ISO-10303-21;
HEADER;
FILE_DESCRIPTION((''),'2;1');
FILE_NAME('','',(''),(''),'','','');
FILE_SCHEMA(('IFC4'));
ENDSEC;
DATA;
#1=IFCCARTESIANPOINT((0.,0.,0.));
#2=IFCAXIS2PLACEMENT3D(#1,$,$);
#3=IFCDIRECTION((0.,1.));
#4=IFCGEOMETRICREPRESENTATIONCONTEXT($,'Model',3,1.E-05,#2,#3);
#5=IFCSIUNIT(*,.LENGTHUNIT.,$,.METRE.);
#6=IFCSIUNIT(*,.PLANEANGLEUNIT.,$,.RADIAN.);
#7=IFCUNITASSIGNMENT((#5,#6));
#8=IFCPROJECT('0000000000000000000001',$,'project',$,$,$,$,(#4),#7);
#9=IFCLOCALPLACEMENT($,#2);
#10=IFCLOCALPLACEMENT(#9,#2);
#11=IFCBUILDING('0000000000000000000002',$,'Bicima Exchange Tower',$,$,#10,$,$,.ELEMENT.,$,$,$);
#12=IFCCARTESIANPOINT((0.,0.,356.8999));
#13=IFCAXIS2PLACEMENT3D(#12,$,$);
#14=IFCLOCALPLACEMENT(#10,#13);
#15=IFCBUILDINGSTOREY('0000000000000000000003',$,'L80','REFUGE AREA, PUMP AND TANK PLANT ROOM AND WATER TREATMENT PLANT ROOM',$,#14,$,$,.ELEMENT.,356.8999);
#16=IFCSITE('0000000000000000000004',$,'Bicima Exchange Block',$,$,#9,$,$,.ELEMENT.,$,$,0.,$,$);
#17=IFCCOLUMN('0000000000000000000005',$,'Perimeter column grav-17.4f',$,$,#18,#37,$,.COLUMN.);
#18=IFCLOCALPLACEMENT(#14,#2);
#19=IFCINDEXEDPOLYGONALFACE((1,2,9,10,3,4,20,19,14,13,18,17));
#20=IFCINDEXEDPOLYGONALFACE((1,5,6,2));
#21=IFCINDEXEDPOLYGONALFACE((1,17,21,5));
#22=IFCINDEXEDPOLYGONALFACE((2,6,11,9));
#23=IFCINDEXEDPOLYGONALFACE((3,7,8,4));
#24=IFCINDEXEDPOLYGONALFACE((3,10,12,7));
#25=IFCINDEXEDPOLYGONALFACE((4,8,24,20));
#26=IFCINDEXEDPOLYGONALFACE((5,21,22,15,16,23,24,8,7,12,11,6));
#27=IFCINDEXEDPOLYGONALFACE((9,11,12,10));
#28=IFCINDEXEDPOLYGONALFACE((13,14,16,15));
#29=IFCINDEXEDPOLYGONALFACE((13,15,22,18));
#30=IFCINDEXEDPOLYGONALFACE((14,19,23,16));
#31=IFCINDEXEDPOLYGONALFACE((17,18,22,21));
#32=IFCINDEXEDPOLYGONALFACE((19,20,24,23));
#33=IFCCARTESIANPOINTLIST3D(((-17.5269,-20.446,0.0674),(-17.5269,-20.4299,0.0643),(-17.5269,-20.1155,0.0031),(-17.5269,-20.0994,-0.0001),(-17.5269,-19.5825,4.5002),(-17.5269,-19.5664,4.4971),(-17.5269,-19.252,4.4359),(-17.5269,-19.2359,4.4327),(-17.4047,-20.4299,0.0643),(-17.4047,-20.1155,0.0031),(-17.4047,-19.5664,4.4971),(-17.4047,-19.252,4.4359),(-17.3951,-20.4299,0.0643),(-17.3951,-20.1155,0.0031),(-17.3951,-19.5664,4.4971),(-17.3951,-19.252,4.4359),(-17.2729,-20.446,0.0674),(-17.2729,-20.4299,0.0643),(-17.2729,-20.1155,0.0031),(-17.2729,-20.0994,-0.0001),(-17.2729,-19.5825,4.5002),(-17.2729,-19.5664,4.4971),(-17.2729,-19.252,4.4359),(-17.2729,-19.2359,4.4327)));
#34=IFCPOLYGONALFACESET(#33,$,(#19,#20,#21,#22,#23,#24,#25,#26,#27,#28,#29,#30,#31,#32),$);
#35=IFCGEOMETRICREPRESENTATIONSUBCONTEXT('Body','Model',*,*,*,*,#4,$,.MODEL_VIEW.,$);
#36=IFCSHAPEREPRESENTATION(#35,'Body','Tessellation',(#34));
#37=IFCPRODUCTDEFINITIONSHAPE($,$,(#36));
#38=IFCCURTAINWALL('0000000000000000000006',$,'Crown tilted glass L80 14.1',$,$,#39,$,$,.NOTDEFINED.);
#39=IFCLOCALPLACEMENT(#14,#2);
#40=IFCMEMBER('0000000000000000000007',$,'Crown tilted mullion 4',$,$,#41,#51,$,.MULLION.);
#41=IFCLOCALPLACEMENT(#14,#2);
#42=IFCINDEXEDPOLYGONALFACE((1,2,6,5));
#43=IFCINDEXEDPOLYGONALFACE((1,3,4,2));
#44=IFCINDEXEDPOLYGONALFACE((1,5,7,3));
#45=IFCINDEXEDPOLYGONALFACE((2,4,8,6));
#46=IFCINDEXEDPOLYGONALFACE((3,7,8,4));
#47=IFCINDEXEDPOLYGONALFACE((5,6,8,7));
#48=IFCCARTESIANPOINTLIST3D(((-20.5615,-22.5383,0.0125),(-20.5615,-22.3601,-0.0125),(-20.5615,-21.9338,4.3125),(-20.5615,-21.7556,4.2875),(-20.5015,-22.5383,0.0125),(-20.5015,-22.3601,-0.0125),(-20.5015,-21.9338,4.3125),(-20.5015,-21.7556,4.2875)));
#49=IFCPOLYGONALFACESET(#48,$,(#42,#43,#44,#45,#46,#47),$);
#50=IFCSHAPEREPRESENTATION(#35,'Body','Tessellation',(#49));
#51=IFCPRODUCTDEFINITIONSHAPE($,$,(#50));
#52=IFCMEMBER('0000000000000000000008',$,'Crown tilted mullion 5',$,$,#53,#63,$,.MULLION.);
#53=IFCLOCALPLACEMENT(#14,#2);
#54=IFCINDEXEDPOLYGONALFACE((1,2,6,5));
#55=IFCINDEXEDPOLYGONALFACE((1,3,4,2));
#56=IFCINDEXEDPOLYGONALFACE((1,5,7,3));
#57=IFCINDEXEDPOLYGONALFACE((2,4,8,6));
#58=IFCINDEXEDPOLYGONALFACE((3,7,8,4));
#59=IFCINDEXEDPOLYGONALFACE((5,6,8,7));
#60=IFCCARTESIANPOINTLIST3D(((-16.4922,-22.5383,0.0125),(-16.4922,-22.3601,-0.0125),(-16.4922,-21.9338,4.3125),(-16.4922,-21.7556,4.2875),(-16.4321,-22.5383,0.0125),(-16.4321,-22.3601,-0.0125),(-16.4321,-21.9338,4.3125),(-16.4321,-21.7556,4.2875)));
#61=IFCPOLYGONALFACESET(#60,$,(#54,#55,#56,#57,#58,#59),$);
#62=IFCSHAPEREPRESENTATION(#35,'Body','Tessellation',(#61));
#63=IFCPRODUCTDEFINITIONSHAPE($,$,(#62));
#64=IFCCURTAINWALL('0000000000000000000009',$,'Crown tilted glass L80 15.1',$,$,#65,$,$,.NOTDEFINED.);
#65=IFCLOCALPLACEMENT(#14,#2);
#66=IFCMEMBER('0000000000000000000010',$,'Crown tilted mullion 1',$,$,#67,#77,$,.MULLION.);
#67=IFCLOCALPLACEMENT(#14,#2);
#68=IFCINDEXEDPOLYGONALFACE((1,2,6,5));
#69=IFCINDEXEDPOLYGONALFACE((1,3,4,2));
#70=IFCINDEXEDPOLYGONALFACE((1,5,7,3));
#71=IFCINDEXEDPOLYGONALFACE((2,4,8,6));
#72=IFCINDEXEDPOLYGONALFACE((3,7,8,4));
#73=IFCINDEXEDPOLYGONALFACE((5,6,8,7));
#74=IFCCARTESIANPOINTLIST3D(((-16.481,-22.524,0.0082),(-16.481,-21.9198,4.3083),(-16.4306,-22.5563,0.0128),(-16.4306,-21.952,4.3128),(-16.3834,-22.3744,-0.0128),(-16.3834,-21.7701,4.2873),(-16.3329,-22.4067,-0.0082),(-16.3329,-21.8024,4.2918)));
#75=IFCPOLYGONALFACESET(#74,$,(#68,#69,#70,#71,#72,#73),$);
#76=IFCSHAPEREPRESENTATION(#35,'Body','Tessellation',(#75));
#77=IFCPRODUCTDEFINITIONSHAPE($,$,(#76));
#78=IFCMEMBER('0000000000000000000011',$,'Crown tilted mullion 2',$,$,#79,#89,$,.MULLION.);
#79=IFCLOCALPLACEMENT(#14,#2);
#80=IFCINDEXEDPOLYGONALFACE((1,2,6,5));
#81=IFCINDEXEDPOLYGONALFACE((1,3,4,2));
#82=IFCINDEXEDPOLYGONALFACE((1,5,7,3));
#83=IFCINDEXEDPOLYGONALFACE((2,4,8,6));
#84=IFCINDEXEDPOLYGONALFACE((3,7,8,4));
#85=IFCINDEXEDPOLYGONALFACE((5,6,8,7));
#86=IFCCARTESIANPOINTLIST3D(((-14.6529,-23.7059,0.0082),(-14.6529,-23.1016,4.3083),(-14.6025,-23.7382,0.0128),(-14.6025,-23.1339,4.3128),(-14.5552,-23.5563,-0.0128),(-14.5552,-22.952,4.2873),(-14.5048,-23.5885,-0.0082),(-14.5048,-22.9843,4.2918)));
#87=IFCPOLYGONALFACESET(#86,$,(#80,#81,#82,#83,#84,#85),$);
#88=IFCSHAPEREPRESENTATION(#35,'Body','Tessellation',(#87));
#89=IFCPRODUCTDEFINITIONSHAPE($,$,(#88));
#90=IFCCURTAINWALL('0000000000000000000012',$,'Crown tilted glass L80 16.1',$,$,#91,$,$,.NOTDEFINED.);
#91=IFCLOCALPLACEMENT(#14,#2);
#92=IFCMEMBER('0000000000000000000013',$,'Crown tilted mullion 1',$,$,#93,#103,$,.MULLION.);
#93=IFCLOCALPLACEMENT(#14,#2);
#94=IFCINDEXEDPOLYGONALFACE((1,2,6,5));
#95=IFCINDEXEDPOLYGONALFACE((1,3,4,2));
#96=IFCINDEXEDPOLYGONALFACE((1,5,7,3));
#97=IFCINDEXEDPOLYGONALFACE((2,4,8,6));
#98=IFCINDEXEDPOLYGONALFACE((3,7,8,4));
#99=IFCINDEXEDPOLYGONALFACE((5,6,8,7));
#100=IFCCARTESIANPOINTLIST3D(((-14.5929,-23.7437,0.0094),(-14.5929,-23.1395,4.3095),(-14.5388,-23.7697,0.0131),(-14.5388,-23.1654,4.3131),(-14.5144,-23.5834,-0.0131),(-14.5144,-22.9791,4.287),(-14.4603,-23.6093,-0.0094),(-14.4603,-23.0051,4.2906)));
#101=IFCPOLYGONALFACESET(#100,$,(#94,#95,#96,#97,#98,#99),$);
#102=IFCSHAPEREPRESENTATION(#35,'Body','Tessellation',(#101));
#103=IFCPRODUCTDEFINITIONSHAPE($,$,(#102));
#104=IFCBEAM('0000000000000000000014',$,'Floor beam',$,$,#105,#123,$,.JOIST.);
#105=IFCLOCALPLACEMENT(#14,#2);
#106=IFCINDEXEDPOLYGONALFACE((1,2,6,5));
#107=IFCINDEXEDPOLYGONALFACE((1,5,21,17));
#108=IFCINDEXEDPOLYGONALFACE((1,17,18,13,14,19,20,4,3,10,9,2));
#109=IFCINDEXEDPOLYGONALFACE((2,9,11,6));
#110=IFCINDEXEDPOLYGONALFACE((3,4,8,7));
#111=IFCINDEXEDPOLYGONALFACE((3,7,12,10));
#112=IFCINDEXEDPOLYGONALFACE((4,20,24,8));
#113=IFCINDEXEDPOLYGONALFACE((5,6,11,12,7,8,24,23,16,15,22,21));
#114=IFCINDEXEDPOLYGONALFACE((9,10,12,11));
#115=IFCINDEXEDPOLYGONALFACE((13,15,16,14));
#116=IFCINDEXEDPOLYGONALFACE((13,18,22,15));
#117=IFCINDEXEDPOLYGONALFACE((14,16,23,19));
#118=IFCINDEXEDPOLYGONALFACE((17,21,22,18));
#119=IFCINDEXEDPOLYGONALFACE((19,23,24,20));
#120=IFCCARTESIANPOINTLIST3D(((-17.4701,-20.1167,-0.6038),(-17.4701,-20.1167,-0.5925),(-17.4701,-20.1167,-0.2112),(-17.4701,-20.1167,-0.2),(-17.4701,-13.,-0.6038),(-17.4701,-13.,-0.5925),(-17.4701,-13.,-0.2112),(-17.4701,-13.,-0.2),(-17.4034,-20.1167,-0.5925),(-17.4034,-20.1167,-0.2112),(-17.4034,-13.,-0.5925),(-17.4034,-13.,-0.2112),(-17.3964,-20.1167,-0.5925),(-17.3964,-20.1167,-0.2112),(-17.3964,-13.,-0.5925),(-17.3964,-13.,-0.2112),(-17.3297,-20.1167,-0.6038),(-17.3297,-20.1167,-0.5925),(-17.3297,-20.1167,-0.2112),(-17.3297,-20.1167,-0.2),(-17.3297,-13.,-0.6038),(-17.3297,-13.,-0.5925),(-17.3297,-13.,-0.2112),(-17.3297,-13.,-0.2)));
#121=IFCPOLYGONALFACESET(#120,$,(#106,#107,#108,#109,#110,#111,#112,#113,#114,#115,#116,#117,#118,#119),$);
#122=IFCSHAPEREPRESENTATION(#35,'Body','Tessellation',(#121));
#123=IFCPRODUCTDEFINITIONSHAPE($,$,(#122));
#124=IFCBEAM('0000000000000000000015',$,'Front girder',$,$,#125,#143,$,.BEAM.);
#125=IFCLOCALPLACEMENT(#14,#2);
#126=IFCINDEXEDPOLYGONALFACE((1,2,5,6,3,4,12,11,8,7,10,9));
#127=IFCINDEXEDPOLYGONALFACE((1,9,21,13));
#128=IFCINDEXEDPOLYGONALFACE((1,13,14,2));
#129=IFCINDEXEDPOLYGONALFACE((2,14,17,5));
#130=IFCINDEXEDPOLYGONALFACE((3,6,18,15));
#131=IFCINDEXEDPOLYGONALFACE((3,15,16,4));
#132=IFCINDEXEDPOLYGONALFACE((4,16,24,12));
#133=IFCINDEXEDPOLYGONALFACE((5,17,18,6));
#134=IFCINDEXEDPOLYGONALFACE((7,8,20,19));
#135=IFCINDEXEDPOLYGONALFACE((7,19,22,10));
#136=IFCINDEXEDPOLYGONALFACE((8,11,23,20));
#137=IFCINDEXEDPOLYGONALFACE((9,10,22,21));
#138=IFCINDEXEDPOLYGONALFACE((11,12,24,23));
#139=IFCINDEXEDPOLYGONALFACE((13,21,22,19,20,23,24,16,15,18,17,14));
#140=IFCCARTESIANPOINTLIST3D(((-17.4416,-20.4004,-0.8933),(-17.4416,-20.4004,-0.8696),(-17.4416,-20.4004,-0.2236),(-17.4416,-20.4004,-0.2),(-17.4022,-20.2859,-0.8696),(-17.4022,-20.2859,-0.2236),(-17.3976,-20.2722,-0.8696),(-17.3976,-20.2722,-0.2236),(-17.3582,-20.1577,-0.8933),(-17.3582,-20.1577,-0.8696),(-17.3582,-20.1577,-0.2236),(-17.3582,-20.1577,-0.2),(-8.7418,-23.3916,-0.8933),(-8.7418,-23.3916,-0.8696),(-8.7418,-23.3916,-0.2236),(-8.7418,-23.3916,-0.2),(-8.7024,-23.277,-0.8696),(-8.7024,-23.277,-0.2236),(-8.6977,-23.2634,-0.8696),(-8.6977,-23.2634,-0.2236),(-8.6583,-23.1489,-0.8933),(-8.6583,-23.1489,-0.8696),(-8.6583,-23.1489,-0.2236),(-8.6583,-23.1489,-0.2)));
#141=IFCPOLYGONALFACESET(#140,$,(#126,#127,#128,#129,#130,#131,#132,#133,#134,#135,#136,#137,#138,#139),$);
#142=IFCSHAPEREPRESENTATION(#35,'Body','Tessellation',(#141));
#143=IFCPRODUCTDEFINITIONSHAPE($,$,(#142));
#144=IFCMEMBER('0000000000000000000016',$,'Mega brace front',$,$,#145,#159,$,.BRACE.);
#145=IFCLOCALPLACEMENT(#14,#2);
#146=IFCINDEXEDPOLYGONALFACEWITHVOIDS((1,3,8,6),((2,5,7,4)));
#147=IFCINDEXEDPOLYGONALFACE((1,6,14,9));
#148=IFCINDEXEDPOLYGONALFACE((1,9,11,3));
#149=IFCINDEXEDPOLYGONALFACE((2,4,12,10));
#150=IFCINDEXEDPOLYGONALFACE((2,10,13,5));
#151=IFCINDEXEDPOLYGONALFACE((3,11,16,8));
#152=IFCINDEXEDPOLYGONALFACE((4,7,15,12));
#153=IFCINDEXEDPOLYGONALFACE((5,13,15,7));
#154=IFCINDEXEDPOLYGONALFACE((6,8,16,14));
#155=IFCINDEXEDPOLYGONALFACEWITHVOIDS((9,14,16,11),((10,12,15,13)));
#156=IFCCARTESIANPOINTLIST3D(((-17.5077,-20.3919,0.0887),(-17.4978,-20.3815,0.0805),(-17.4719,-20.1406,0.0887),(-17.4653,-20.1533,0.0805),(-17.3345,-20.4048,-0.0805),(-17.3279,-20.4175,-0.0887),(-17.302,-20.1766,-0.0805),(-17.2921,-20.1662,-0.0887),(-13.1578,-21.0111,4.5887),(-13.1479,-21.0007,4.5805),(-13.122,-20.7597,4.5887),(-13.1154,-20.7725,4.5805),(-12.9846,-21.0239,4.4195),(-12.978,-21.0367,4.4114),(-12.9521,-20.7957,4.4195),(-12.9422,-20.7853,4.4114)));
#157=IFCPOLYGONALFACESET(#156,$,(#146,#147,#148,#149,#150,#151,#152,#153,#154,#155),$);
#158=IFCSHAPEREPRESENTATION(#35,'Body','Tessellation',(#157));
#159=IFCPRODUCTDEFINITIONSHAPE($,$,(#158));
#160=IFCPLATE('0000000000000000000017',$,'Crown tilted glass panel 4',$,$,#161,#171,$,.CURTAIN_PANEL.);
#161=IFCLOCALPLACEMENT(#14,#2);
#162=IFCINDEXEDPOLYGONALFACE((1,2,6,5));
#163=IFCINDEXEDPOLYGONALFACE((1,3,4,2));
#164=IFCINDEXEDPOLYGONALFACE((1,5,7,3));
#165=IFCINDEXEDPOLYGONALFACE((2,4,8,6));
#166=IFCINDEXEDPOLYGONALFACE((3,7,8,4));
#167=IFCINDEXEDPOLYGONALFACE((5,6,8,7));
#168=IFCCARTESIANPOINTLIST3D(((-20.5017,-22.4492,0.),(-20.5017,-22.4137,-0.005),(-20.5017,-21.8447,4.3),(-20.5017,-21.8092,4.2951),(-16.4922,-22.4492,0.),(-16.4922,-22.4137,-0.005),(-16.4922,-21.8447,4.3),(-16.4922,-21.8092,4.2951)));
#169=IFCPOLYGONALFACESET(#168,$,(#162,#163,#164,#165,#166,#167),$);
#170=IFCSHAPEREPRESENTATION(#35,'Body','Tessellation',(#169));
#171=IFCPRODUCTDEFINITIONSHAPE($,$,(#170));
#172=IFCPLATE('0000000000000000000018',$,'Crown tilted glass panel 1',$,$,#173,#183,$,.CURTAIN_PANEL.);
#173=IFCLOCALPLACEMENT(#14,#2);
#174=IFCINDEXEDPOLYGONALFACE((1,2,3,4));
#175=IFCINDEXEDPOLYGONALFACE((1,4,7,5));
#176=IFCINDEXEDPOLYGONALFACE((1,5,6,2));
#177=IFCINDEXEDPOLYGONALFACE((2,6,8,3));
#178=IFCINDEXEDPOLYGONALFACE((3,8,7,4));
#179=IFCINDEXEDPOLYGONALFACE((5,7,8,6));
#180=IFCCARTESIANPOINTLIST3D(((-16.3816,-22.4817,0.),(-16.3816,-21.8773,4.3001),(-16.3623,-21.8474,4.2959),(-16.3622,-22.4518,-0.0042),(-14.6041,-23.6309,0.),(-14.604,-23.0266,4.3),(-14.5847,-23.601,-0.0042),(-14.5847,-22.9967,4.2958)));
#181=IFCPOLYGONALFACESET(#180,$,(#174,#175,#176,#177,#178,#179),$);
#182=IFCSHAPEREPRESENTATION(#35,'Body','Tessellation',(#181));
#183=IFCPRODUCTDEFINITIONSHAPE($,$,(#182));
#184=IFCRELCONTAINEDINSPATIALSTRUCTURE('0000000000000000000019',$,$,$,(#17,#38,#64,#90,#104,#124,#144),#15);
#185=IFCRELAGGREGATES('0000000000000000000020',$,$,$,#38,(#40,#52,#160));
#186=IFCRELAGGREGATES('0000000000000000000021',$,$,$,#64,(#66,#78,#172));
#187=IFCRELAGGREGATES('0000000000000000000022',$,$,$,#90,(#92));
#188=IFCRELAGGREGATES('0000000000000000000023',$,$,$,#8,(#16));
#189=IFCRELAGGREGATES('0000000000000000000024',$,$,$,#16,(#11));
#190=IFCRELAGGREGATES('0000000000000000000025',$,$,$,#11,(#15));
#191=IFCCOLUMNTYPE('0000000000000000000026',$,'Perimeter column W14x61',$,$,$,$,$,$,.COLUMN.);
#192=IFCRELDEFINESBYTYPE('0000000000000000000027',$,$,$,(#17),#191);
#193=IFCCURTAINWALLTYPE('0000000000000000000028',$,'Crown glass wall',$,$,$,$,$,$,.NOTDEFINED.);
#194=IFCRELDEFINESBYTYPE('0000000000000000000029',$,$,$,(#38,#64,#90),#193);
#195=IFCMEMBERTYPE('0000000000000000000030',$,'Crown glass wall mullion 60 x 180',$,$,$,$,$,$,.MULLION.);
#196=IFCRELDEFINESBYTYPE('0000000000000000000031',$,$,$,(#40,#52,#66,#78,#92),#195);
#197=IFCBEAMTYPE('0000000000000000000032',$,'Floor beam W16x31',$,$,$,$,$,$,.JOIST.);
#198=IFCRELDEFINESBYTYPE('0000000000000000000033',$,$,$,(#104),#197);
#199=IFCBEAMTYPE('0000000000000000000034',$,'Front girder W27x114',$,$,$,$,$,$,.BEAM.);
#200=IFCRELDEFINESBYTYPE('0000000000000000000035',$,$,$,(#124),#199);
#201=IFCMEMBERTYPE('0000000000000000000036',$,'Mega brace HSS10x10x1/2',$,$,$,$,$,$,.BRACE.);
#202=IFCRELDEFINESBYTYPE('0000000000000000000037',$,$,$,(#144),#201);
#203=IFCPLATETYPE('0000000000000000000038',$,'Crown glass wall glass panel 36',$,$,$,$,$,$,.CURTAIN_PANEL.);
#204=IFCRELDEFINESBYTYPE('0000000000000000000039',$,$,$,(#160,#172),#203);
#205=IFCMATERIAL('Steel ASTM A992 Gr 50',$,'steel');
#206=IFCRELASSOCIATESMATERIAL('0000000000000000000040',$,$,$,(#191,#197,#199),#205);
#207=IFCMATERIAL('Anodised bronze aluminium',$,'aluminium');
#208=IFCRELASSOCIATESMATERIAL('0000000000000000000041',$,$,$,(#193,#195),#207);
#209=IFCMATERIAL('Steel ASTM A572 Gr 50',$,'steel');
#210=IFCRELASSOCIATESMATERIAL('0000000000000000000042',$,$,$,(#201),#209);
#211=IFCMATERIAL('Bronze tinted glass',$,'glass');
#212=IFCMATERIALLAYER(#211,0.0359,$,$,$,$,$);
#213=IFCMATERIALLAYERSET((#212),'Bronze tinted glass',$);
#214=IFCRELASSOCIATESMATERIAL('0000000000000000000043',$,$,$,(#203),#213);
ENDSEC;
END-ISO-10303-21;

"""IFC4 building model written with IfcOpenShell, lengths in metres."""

from ifc_helpers import new_model, si_unit, direction, frame, origin, origin_2d, place, context, subcontext, project, spatial, polyline, rectangle, hollow_rectangle, i_section, outline, extrude, material, layer, layer_set, material_profile, profile_set, type_object, element, aggregate, save


model = new_model("IFC4")

# Units and contexts
model_context = context("Model", 3, precision=1e-05, world=origin(), true_north=direction((0.0, 1.0)))
body_context = subcontext(model_context, "Body", "Model", "MODEL_VIEW")
ifc_project = project(units=[si_unit("LENGTHUNIT", "METRE"), si_unit("PLANEANGLEUNIT", "RADIAN")], contexts=[model_context])

# Site, building, storey
site_placement = place(None, origin())
site = spatial("IfcSite", under=ifc_project, at=site_placement, Name="Bicima Exchange Block", CompositionType="ELEMENT", RefElevation=0.0)
building_placement = place(site_placement, origin())
building = spatial("IfcBuilding", under=site, at=building_placement, Name="Bicima Exchange Tower", CompositionType="ELEMENT")
storey_placement = place(building_placement, frame((0.0, 0.0, 356.8999)))
storey = spatial("IfcBuildingStorey", under=building, at=storey_placement, Name="L80", Description="REFUGE AREA, PUMP AND TANK PLANT ROOM AND WATER TREATMENT PLANT ROOM", CompositionType="ELEMENT", Elevation=356.8999)

# Column
ifc_material_1 = material(Name="Steel ASTM A992 Gr 50", Category="steel")
ifc_material_profile_1 = material_profile(ifc_material_1, i_section(OverallWidth=0.2539, OverallDepth=0.353, WebThickness=0.0095, FlangeThickness=0.0164, at=origin_2d()))
ifc_profile_set_1 = profile_set([ifc_material_profile_1], Name="Steel ASTM A992 Gr 50")
column_type = type_object("IfcColumnType", Name="Perimeter column W14x61", PredefinedType="COLUMN", material=ifc_profile_set_1)
column_placement = place(storey_placement, frame((-17.3999, -20.2727, 0.0337), z_axis=(0.0, 0.191207, 0.98155), x_axis=(-1.0, 0.0, 0.0)))
element("IfcColumn", 1, at=column_placement, inside=storey, type_object=column_type, Name="Perimeter column grav-17.4f", PredefinedType="COLUMN", context=body_context, shape_type="SweptSolid", body=[
    extrude(i_section(OverallWidth=0.2539, OverallDepth=0.353, WebThickness=0.0095, FlangeThickness=0.0164, at=origin_2d()), origin(), (0.0, 0.0, 1.0), 4.5161),
])

# Curtain walls, members
ifc_material_2 = material(Name="Anodised bronze aluminium", Category="aluminium")
curtain_wall_type = type_object("IfcCurtainWallType", Name="Crown glass wall", PredefinedType="NOTDEFINED", material=ifc_material_2)
curtain_wall_1_placement = place(storey_placement, origin())
curtain_wall_1 = element("IfcCurtainWall", 2, at=curtain_wall_1_placement, inside=storey, type_object=curtain_wall_type, Name="Crown tilted glass L80 14.1", PredefinedType="NOTDEFINED")
ifc_material_profile_2 = material_profile(ifc_material_2, rectangle(XDim=0.1799, YDim=0.0601, at=origin_2d()))
ifc_profile_set_2 = profile_set([ifc_material_profile_2], Name="Anodised bronze aluminium")
member_type_1 = type_object("IfcMemberType", Name="Crown glass wall mullion 60 x 180", PredefinedType="MULLION", material=ifc_profile_set_2)
member_1_placement = place(storey_placement, frame((-20.5315, -22.4492, 0.0), z_axis=(0.0, 0.139209, 0.990263), x_axis=(0.0, -0.990263, 0.139209)))
member_1 = element("IfcMember", 3, at=member_1_placement, type_object=member_type_1, Name="Crown tilted mullion 4", PredefinedType="MULLION", context=body_context, shape_type="SweptSolid", body=[
    extrude(rectangle(XDim=0.1799, YDim=0.0601, at=origin_2d()), origin(), (0.0, 0.0, 1.0), 4.3423),
])
member_2_placement = place(storey_placement, frame((-16.4622, -22.4492, 0.0), z_axis=(0.0, 0.139209, 0.990263), x_axis=(0.0, -0.990263, 0.139209)))
member_2 = element("IfcMember", 4, at=member_2_placement, type_object=member_type_1, Name="Crown tilted mullion 5", PredefinedType="MULLION", context=body_context, shape_type="SweptSolid", body=[
    extrude(rectangle(XDim=0.1799, YDim=0.0601, at=origin_2d()), origin(), (0.0, 0.0, 1.0), 4.3423),
])
curtain_wall_2_placement = place(storey_placement, origin())
curtain_wall_2 = element("IfcCurtainWall", 5, at=curtain_wall_2_placement, inside=storey, type_object=curtain_wall_type, Name="Crown tilted glass L80 15.1", PredefinedType="NOTDEFINED")
member_3_placement = place(storey_placement, frame((-16.407, -22.4653, 0.0), z_axis=(0.0, 0.139154, 0.990271), x_axis=(-0.542911, -0.83162, 0.11686)))
member_3 = element("IfcMember", 6, at=member_3_placement, type_object=member_type_1, Name="Crown tilted mullion 1", PredefinedType="MULLION", context=body_context, shape_type="SweptSolid", body=[
    extrude(rectangle(XDim=0.1799, YDim=0.0601, at=origin_2d()), origin(), (0.0, 0.0, 1.0), 4.3423),
])
member_4_placement = place(storey_placement, frame((-14.5789, -23.6472, 0.0), z_axis=(0.0, 0.139154, 0.990271), x_axis=(-0.542911, -0.83162, 0.11686)))
member_4 = element("IfcMember", 7, at=member_4_placement, type_object=member_type_1, Name="Crown tilted mullion 2", PredefinedType="MULLION", context=body_context, shape_type="SweptSolid", body=[
    extrude(rectangle(XDim=0.1799, YDim=0.0601, at=origin_2d()), origin(), (0.0, 0.0, 1.0), 4.3423),
])

# Curtain wall, member
curtain_wall_3_placement = place(storey_placement, origin())
curtain_wall_3 = element("IfcCurtainWall", 8, at=curtain_wall_3_placement, inside=storey, type_object=curtain_wall_type, Name="Crown tilted glass L80 16.1", PredefinedType="NOTDEFINED")
member_5_placement = place(storey_placement, frame((-14.5266, -23.6765, 0.0), z_axis=(0.0, 0.139154, 0.990271), x_axis=(-0.436265, -0.891064, 0.125213)))
member_5 = element("IfcMember", 9, at=member_5_placement, type_object=member_type_1, Name="Crown tilted mullion 1", PredefinedType="MULLION", context=body_context, shape_type="SweptSolid", body=[
    extrude(rectangle(XDim=0.1799, YDim=0.0601, at=origin_2d()), origin(), (0.0, 0.0, 1.0), 4.3423),
])

# Beams
ifc_material_profile_3 = material_profile(ifc_material_1, i_section(OverallWidth=0.1404, OverallDepth=0.4038, WebThickness=0.0071, FlangeThickness=0.0112, at=origin_2d()))
ifc_profile_set_3 = profile_set([ifc_material_profile_3], Name="Steel ASTM A992 Gr 50")
beam_type_1 = type_object("IfcBeamType", Name="Floor beam W16x31", PredefinedType="JOIST", material=ifc_profile_set_3)
beam_1_placement = place(storey_placement, frame((-17.3999, -13.0, -0.4019), z_axis=(0.0, -1.0, 0.0), x_axis=(1.0, 0.0, 0.0)))
element("IfcBeam", 10, at=beam_1_placement, inside=storey, type_object=beam_type_1, Name="Floor beam", PredefinedType="JOIST", context=body_context, shape_type="SweptSolid", body=[
    extrude(i_section(OverallWidth=0.1404, OverallDepth=0.4038, WebThickness=0.0071, FlangeThickness=0.0112, at=origin_2d()), origin(), (0.0, 0.0, 1.0), 7.1167),
])
ifc_material_profile_4 = material_profile(ifc_material_1, i_section(OverallWidth=0.2566, OverallDepth=0.6934, WebThickness=0.0144, FlangeThickness=0.0237, at=origin_2d()))
ifc_profile_set_4 = profile_set([ifc_material_profile_4], Name="Steel ASTM A992 Gr 50")
beam_type_2 = type_object("IfcBeamType", Name="Front girder W27x114", PredefinedType="BEAM", material=ifc_profile_set_4)
beam_2_placement = place(storey_placement, frame((-17.3999, -20.2791, -0.5466), z_axis=(0.945666, -0.325138, 0.0), x_axis=(0.325138, 0.945666, 0.0)))
element("IfcBeam", 11, at=beam_2_placement, inside=storey, type_object=beam_type_2, Name="Front girder", PredefinedType="BEAM", context=body_context, shape_type="SweptSolid", body=[
    extrude(i_section(OverallWidth=0.2566, OverallDepth=0.6934, WebThickness=0.0144, FlangeThickness=0.0237, at=origin_2d()), origin(), (0.0, 0.0, 1.0), 9.1997),
])

# Member
ifc_material_3 = material(Name="Steel ASTM A572 Gr 50", Category="steel")
ifc_material_profile_5 = material_profile(ifc_material_3, hollow_rectangle(XDim=0.2539, YDim=0.2539, WallThickness=0.0117, at=origin_2d()))
ifc_profile_set_5 = profile_set([ifc_material_profile_5], Name="Steel ASTM A572 Gr 50")
member_type_2 = type_object("IfcMemberType", Name="Mega brace HSS10x10x1/2", PredefinedType="BRACE", material=ifc_profile_set_5)
member_6_placement = place(storey_placement, frame((-17.3999, -20.2791, 0.0), z_axis=(0.691634, -0.098444, 0.715508), x_axis=(0.140916, 0.990022, 0.0)))
element("IfcMember", 12, at=member_6_placement, inside=storey, type_object=member_type_2, Name="Mega brace front", PredefinedType="BRACE", context=body_context, shape_type="SweptSolid", body=[
    extrude(hollow_rectangle(XDim=0.2539, YDim=0.2539, WallThickness=0.0117, at=origin_2d()), origin(), (0.0, 0.0, 1.0), 6.2893),
])

# Plates
ifc_material_4 = material(Name="Bronze tinted glass", Category="glass")
ifc_layer_1 = layer(ifc_material_4, 0.0359)
ifc_layer_set_1 = layer_set([ifc_layer_1], Name="Bronze tinted glass")
plate_type = type_object("IfcPlateType", Name="Crown glass wall glass panel 36", PredefinedType="CURTAIN_PANEL", material=ifc_layer_set_1)
plate_1_placement = place(storey_placement, frame((-20.5017, -22.4492, 0.0), z_axis=(0.0, -0.990263, 0.139209), x_axis=(1.0, 0.0, 0.0)))
plate_1 = element("IfcPlate", 13, at=plate_1_placement, type_object=plate_type, Name="Crown tilted glass panel 4", PredefinedType="CURTAIN_PANEL", context=body_context, shape_type="SweptSolid", body=[
    extrude(outline(polyline([(0.0, 0.0), (4.0095, 0.0), (4.0095, 4.3423), (0.0, 4.3423), (0.0, 0.0)])), origin(), (0.0, 0.0, -1.0), 0.0359),
])
aggregate(curtain_wall_1, [member_1, member_2, plate_1])
plate_2_placement = place(storey_placement, frame((-16.3816, -22.4817, 0.0), z_axis=(-0.539205, -0.833978, 0.117215), x_axis=(0.839767, -0.542947, 0.000006)))
plate_2 = element("IfcPlate", 14, at=plate_2_placement, type_object=plate_type, Name="Crown tilted glass panel 1", PredefinedType="CURTAIN_PANEL", context=body_context, shape_type="SweptSolid", body=[
    extrude(outline(polyline([(0.0, 0.0), (2.1167, 0.0), (1.7886, 4.3299), (-0.3282, 4.3299), (0.0, 0.0)])), origin(), (0.0, 0.0, -1.0), 0.0359),
])
aggregate(curtain_wall_2, [member_3, member_4, plate_2])
aggregate(curtain_wall_3, [member_5])

save(model, "model.ifc")
